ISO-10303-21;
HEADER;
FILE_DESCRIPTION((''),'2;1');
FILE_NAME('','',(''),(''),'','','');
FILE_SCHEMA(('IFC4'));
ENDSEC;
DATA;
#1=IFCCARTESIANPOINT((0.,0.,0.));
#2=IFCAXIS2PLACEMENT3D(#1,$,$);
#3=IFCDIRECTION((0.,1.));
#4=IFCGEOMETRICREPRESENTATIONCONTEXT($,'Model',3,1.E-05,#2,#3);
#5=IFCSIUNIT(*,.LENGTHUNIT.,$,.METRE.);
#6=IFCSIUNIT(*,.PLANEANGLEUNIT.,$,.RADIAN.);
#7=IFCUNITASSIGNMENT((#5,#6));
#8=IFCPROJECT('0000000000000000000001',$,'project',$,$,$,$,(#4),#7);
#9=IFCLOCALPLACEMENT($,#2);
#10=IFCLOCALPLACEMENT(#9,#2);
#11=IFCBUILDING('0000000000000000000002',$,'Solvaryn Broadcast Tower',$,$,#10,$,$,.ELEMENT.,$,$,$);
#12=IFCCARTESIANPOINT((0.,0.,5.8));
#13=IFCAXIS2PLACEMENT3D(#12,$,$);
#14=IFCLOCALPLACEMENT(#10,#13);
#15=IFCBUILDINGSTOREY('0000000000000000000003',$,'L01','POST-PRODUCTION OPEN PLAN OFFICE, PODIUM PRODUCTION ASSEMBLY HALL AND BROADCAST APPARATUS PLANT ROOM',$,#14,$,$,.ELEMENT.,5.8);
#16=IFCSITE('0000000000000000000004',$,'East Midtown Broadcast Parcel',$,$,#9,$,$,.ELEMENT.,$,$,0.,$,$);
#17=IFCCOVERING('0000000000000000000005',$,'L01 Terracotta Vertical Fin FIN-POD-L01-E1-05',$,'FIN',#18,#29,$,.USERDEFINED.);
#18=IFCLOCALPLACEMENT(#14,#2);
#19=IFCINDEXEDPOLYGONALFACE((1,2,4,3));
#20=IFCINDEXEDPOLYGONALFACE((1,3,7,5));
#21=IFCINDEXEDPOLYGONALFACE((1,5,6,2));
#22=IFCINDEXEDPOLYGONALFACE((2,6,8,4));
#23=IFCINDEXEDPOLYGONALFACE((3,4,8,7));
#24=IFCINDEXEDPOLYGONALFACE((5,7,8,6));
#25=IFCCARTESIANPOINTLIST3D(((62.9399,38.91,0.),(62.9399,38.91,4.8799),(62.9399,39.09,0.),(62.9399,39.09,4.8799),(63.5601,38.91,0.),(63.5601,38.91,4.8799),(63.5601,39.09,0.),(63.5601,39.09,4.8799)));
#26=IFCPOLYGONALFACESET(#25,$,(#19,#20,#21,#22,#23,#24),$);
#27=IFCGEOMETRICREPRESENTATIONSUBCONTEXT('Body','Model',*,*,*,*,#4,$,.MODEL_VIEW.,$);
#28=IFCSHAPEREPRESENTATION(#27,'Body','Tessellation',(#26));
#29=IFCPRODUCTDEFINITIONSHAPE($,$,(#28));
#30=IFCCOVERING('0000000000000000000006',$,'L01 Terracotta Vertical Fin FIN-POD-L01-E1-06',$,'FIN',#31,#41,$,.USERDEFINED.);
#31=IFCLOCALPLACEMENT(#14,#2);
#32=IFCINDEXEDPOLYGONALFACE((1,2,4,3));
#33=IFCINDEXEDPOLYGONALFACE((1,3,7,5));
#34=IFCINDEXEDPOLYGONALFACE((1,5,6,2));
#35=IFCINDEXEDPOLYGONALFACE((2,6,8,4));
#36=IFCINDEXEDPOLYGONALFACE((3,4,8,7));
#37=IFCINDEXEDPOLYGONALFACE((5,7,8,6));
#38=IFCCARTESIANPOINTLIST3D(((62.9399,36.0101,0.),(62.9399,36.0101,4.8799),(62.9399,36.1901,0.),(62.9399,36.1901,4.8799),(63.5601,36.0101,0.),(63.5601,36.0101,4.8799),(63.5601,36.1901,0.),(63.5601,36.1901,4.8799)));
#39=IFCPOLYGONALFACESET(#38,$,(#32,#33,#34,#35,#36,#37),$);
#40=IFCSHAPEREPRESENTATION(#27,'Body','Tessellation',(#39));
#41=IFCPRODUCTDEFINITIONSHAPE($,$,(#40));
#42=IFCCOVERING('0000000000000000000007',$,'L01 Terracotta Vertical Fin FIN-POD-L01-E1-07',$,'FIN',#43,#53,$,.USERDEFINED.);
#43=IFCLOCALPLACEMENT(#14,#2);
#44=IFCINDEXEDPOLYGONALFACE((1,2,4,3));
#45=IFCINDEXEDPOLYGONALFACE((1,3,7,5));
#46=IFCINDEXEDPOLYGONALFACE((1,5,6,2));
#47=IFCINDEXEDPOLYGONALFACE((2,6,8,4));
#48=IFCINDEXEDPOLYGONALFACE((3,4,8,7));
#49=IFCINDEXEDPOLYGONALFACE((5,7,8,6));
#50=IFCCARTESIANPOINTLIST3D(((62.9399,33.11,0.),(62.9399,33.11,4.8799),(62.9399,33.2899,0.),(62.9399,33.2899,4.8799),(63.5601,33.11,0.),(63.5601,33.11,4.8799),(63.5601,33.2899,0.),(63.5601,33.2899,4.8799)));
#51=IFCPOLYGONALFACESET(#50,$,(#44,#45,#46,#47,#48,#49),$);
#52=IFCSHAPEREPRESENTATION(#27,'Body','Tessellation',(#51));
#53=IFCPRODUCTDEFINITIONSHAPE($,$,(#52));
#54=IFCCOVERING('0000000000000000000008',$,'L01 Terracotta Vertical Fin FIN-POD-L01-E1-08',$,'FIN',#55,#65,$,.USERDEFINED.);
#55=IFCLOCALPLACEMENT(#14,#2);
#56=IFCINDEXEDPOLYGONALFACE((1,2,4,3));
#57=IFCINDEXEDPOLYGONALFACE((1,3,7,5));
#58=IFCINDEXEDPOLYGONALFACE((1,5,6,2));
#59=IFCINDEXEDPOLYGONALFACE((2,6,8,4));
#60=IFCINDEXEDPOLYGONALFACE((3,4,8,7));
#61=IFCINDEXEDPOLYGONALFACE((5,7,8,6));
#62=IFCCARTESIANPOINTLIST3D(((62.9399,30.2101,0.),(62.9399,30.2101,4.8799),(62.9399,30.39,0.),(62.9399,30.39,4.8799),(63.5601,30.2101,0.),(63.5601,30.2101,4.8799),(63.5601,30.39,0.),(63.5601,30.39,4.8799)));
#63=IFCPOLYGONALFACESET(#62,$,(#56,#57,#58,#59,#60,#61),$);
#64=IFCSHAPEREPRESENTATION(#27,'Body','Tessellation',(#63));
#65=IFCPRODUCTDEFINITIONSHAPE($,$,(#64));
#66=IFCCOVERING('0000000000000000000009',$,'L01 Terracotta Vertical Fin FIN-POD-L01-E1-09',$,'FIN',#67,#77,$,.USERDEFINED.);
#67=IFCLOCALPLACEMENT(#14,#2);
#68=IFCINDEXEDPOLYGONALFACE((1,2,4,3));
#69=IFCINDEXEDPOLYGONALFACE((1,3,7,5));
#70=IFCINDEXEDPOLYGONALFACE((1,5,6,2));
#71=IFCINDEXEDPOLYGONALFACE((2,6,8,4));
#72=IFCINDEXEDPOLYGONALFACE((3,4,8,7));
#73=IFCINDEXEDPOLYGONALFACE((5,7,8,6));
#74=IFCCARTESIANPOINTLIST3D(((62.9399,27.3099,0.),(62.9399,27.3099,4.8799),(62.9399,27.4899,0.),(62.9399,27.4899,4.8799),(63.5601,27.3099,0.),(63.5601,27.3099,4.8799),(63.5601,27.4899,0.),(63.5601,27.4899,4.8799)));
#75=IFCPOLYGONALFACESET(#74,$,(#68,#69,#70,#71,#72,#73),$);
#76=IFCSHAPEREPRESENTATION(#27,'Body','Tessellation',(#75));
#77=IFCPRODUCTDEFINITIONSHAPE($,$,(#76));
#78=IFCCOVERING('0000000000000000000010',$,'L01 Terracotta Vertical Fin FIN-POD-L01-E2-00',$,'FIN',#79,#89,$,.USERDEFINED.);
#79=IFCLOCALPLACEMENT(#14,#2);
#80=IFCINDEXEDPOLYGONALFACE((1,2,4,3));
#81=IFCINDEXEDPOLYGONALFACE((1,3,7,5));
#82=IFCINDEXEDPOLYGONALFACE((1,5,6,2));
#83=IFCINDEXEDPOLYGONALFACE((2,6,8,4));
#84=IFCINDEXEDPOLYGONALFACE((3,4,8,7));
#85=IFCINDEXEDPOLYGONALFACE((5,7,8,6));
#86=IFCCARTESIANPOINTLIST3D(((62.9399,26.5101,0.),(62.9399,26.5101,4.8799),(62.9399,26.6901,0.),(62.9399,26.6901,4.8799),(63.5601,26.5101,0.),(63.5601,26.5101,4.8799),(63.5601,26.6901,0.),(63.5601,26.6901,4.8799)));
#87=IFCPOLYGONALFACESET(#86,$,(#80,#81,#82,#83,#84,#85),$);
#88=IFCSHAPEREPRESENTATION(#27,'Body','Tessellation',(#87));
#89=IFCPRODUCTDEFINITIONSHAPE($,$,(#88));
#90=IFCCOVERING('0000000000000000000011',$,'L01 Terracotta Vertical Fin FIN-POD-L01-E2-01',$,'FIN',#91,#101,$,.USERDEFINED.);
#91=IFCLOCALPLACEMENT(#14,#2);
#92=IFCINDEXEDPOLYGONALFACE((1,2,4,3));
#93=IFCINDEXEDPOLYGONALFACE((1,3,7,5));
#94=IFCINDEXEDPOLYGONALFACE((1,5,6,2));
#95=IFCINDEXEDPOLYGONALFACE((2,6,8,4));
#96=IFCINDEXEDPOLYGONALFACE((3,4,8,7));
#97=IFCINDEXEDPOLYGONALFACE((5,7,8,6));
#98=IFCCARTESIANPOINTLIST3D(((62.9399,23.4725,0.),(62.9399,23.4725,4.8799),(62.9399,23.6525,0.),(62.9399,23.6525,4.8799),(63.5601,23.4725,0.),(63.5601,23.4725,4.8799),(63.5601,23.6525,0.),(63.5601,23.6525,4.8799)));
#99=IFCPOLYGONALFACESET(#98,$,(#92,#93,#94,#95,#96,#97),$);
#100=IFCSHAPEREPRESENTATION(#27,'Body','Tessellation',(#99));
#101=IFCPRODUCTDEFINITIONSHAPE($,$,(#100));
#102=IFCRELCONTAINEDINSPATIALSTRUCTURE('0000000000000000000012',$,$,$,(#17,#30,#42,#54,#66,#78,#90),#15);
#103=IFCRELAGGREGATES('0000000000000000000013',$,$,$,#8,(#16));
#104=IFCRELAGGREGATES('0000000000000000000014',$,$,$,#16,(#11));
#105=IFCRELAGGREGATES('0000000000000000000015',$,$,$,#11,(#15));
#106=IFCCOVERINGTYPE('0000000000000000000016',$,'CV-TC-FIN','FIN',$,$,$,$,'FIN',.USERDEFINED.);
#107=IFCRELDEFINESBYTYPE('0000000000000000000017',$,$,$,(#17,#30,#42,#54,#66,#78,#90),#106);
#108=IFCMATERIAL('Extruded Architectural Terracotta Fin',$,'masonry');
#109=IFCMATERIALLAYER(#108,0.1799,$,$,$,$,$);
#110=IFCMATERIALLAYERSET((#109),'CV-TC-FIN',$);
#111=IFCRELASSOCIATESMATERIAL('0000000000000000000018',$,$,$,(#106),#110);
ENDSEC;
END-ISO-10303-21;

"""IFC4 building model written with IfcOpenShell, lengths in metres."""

from ifc_helpers import new_model, si_unit, direction, frame, origin, origin_2d, place, context, subcontext, project, spatial, rectangle, extrude, material, layer, layer_set, type_object, element, save


model = new_model("IFC4")

# Units and contexts
model_context = context("Model", 3, precision=1e-05, world=origin(), true_north=direction((0.0, 1.0)))
body_context = subcontext(model_context, "Body", "Model", "MODEL_VIEW")
ifc_project = project(units=[si_unit("LENGTHUNIT", "METRE"), si_unit("PLANEANGLEUNIT", "RADIAN")], contexts=[model_context])

# Site, building, storey
site_placement = place(None, origin())
site = spatial("IfcSite", under=ifc_project, at=site_placement, Name="East Midtown Broadcast Parcel", CompositionType="ELEMENT", RefElevation=0.0)
building_placement = place(site_placement, origin())
building = spatial("IfcBuilding", under=site, at=building_placement, Name="Solvaryn Broadcast Tower", CompositionType="ELEMENT")
storey_placement = place(building_placement, frame((0.0, 0.0, 5.8)))
storey = spatial("IfcBuildingStorey", under=building, at=storey_placement, Name="L01", Description="POST-PRODUCTION OPEN PLAN OFFICE, PODIUM PRODUCTION ASSEMBLY HALL AND BROADCAST APPARATUS PLANT ROOM", CompositionType="ELEMENT", Elevation=5.8)

# Coverings
ifc_material_1 = material(Name="Extruded Architectural Terracotta Fin", Category="masonry")
ifc_layer_1 = layer(ifc_material_1, 0.1799)
ifc_layer_set_1 = layer_set([ifc_layer_1], Name="CV-TC-FIN")
covering_type = type_object("IfcCoveringType", Name="CV-TC-FIN", Description="FIN", ElementType="FIN", PredefinedType="USERDEFINED", material=ifc_layer_set_1)
for number, where, z_axis, x_axis, name in (
    (1, (63.25, 39.0, 0.0), (0.0, 0.0, 1.0), (1.0, 0.0, 0.0), "L01 Terracotta Vertical Fin FIN-POD-L01-E1-05"),
    (2, (63.25, 36.1001, 0.0), (0.0, 0.0, 1.0), (1.0, 0.0, 0.0), "L01 Terracotta Vertical Fin FIN-POD-L01-E1-06"),
    (3, (63.25, 33.2, 0.0), (0.0, 0.0, 1.0), (1.0, 0.0, 0.0), "L01 Terracotta Vertical Fin FIN-POD-L01-E1-07"),
    (4, (63.25, 30.3, 0.0), (0.0, 0.0, 1.0), (1.0, 0.0, 0.0), "L01 Terracotta Vertical Fin FIN-POD-L01-E1-08"),
    (5, (63.25, 27.3999, 0.0), (0.0, 0.0, 1.0), (1.0, 0.0, 0.0), "L01 Terracotta Vertical Fin FIN-POD-L01-E1-09"),
    (6, (63.25, 26.6001, 0.0), (0.0, 0.0, 1.0), (1.0, 0.0, 0.0), "L01 Terracotta Vertical Fin FIN-POD-L01-E2-00"),
    (7, (63.25, 23.5625, 0.0), (0.0, 0.0, 1.0), (1.0, 0.0, 0.0), "L01 Terracotta Vertical Fin FIN-POD-L01-E2-01"),
):
    element("IfcCovering", number, at=place(storey_placement, frame(where, z_axis=z_axis, x_axis=x_axis)), inside=storey, type_object=covering_type, Name=name, ObjectType="FIN", PredefinedType="USERDEFINED", context=body_context, shape_type="SweptSolid", body=[
        extrude(rectangle(XDim=0.6201, YDim=0.1799, at=origin_2d()), origin(), (0.0, 0.0, 1.0), 4.8799),
    ])

save(model, "model.ifc")
